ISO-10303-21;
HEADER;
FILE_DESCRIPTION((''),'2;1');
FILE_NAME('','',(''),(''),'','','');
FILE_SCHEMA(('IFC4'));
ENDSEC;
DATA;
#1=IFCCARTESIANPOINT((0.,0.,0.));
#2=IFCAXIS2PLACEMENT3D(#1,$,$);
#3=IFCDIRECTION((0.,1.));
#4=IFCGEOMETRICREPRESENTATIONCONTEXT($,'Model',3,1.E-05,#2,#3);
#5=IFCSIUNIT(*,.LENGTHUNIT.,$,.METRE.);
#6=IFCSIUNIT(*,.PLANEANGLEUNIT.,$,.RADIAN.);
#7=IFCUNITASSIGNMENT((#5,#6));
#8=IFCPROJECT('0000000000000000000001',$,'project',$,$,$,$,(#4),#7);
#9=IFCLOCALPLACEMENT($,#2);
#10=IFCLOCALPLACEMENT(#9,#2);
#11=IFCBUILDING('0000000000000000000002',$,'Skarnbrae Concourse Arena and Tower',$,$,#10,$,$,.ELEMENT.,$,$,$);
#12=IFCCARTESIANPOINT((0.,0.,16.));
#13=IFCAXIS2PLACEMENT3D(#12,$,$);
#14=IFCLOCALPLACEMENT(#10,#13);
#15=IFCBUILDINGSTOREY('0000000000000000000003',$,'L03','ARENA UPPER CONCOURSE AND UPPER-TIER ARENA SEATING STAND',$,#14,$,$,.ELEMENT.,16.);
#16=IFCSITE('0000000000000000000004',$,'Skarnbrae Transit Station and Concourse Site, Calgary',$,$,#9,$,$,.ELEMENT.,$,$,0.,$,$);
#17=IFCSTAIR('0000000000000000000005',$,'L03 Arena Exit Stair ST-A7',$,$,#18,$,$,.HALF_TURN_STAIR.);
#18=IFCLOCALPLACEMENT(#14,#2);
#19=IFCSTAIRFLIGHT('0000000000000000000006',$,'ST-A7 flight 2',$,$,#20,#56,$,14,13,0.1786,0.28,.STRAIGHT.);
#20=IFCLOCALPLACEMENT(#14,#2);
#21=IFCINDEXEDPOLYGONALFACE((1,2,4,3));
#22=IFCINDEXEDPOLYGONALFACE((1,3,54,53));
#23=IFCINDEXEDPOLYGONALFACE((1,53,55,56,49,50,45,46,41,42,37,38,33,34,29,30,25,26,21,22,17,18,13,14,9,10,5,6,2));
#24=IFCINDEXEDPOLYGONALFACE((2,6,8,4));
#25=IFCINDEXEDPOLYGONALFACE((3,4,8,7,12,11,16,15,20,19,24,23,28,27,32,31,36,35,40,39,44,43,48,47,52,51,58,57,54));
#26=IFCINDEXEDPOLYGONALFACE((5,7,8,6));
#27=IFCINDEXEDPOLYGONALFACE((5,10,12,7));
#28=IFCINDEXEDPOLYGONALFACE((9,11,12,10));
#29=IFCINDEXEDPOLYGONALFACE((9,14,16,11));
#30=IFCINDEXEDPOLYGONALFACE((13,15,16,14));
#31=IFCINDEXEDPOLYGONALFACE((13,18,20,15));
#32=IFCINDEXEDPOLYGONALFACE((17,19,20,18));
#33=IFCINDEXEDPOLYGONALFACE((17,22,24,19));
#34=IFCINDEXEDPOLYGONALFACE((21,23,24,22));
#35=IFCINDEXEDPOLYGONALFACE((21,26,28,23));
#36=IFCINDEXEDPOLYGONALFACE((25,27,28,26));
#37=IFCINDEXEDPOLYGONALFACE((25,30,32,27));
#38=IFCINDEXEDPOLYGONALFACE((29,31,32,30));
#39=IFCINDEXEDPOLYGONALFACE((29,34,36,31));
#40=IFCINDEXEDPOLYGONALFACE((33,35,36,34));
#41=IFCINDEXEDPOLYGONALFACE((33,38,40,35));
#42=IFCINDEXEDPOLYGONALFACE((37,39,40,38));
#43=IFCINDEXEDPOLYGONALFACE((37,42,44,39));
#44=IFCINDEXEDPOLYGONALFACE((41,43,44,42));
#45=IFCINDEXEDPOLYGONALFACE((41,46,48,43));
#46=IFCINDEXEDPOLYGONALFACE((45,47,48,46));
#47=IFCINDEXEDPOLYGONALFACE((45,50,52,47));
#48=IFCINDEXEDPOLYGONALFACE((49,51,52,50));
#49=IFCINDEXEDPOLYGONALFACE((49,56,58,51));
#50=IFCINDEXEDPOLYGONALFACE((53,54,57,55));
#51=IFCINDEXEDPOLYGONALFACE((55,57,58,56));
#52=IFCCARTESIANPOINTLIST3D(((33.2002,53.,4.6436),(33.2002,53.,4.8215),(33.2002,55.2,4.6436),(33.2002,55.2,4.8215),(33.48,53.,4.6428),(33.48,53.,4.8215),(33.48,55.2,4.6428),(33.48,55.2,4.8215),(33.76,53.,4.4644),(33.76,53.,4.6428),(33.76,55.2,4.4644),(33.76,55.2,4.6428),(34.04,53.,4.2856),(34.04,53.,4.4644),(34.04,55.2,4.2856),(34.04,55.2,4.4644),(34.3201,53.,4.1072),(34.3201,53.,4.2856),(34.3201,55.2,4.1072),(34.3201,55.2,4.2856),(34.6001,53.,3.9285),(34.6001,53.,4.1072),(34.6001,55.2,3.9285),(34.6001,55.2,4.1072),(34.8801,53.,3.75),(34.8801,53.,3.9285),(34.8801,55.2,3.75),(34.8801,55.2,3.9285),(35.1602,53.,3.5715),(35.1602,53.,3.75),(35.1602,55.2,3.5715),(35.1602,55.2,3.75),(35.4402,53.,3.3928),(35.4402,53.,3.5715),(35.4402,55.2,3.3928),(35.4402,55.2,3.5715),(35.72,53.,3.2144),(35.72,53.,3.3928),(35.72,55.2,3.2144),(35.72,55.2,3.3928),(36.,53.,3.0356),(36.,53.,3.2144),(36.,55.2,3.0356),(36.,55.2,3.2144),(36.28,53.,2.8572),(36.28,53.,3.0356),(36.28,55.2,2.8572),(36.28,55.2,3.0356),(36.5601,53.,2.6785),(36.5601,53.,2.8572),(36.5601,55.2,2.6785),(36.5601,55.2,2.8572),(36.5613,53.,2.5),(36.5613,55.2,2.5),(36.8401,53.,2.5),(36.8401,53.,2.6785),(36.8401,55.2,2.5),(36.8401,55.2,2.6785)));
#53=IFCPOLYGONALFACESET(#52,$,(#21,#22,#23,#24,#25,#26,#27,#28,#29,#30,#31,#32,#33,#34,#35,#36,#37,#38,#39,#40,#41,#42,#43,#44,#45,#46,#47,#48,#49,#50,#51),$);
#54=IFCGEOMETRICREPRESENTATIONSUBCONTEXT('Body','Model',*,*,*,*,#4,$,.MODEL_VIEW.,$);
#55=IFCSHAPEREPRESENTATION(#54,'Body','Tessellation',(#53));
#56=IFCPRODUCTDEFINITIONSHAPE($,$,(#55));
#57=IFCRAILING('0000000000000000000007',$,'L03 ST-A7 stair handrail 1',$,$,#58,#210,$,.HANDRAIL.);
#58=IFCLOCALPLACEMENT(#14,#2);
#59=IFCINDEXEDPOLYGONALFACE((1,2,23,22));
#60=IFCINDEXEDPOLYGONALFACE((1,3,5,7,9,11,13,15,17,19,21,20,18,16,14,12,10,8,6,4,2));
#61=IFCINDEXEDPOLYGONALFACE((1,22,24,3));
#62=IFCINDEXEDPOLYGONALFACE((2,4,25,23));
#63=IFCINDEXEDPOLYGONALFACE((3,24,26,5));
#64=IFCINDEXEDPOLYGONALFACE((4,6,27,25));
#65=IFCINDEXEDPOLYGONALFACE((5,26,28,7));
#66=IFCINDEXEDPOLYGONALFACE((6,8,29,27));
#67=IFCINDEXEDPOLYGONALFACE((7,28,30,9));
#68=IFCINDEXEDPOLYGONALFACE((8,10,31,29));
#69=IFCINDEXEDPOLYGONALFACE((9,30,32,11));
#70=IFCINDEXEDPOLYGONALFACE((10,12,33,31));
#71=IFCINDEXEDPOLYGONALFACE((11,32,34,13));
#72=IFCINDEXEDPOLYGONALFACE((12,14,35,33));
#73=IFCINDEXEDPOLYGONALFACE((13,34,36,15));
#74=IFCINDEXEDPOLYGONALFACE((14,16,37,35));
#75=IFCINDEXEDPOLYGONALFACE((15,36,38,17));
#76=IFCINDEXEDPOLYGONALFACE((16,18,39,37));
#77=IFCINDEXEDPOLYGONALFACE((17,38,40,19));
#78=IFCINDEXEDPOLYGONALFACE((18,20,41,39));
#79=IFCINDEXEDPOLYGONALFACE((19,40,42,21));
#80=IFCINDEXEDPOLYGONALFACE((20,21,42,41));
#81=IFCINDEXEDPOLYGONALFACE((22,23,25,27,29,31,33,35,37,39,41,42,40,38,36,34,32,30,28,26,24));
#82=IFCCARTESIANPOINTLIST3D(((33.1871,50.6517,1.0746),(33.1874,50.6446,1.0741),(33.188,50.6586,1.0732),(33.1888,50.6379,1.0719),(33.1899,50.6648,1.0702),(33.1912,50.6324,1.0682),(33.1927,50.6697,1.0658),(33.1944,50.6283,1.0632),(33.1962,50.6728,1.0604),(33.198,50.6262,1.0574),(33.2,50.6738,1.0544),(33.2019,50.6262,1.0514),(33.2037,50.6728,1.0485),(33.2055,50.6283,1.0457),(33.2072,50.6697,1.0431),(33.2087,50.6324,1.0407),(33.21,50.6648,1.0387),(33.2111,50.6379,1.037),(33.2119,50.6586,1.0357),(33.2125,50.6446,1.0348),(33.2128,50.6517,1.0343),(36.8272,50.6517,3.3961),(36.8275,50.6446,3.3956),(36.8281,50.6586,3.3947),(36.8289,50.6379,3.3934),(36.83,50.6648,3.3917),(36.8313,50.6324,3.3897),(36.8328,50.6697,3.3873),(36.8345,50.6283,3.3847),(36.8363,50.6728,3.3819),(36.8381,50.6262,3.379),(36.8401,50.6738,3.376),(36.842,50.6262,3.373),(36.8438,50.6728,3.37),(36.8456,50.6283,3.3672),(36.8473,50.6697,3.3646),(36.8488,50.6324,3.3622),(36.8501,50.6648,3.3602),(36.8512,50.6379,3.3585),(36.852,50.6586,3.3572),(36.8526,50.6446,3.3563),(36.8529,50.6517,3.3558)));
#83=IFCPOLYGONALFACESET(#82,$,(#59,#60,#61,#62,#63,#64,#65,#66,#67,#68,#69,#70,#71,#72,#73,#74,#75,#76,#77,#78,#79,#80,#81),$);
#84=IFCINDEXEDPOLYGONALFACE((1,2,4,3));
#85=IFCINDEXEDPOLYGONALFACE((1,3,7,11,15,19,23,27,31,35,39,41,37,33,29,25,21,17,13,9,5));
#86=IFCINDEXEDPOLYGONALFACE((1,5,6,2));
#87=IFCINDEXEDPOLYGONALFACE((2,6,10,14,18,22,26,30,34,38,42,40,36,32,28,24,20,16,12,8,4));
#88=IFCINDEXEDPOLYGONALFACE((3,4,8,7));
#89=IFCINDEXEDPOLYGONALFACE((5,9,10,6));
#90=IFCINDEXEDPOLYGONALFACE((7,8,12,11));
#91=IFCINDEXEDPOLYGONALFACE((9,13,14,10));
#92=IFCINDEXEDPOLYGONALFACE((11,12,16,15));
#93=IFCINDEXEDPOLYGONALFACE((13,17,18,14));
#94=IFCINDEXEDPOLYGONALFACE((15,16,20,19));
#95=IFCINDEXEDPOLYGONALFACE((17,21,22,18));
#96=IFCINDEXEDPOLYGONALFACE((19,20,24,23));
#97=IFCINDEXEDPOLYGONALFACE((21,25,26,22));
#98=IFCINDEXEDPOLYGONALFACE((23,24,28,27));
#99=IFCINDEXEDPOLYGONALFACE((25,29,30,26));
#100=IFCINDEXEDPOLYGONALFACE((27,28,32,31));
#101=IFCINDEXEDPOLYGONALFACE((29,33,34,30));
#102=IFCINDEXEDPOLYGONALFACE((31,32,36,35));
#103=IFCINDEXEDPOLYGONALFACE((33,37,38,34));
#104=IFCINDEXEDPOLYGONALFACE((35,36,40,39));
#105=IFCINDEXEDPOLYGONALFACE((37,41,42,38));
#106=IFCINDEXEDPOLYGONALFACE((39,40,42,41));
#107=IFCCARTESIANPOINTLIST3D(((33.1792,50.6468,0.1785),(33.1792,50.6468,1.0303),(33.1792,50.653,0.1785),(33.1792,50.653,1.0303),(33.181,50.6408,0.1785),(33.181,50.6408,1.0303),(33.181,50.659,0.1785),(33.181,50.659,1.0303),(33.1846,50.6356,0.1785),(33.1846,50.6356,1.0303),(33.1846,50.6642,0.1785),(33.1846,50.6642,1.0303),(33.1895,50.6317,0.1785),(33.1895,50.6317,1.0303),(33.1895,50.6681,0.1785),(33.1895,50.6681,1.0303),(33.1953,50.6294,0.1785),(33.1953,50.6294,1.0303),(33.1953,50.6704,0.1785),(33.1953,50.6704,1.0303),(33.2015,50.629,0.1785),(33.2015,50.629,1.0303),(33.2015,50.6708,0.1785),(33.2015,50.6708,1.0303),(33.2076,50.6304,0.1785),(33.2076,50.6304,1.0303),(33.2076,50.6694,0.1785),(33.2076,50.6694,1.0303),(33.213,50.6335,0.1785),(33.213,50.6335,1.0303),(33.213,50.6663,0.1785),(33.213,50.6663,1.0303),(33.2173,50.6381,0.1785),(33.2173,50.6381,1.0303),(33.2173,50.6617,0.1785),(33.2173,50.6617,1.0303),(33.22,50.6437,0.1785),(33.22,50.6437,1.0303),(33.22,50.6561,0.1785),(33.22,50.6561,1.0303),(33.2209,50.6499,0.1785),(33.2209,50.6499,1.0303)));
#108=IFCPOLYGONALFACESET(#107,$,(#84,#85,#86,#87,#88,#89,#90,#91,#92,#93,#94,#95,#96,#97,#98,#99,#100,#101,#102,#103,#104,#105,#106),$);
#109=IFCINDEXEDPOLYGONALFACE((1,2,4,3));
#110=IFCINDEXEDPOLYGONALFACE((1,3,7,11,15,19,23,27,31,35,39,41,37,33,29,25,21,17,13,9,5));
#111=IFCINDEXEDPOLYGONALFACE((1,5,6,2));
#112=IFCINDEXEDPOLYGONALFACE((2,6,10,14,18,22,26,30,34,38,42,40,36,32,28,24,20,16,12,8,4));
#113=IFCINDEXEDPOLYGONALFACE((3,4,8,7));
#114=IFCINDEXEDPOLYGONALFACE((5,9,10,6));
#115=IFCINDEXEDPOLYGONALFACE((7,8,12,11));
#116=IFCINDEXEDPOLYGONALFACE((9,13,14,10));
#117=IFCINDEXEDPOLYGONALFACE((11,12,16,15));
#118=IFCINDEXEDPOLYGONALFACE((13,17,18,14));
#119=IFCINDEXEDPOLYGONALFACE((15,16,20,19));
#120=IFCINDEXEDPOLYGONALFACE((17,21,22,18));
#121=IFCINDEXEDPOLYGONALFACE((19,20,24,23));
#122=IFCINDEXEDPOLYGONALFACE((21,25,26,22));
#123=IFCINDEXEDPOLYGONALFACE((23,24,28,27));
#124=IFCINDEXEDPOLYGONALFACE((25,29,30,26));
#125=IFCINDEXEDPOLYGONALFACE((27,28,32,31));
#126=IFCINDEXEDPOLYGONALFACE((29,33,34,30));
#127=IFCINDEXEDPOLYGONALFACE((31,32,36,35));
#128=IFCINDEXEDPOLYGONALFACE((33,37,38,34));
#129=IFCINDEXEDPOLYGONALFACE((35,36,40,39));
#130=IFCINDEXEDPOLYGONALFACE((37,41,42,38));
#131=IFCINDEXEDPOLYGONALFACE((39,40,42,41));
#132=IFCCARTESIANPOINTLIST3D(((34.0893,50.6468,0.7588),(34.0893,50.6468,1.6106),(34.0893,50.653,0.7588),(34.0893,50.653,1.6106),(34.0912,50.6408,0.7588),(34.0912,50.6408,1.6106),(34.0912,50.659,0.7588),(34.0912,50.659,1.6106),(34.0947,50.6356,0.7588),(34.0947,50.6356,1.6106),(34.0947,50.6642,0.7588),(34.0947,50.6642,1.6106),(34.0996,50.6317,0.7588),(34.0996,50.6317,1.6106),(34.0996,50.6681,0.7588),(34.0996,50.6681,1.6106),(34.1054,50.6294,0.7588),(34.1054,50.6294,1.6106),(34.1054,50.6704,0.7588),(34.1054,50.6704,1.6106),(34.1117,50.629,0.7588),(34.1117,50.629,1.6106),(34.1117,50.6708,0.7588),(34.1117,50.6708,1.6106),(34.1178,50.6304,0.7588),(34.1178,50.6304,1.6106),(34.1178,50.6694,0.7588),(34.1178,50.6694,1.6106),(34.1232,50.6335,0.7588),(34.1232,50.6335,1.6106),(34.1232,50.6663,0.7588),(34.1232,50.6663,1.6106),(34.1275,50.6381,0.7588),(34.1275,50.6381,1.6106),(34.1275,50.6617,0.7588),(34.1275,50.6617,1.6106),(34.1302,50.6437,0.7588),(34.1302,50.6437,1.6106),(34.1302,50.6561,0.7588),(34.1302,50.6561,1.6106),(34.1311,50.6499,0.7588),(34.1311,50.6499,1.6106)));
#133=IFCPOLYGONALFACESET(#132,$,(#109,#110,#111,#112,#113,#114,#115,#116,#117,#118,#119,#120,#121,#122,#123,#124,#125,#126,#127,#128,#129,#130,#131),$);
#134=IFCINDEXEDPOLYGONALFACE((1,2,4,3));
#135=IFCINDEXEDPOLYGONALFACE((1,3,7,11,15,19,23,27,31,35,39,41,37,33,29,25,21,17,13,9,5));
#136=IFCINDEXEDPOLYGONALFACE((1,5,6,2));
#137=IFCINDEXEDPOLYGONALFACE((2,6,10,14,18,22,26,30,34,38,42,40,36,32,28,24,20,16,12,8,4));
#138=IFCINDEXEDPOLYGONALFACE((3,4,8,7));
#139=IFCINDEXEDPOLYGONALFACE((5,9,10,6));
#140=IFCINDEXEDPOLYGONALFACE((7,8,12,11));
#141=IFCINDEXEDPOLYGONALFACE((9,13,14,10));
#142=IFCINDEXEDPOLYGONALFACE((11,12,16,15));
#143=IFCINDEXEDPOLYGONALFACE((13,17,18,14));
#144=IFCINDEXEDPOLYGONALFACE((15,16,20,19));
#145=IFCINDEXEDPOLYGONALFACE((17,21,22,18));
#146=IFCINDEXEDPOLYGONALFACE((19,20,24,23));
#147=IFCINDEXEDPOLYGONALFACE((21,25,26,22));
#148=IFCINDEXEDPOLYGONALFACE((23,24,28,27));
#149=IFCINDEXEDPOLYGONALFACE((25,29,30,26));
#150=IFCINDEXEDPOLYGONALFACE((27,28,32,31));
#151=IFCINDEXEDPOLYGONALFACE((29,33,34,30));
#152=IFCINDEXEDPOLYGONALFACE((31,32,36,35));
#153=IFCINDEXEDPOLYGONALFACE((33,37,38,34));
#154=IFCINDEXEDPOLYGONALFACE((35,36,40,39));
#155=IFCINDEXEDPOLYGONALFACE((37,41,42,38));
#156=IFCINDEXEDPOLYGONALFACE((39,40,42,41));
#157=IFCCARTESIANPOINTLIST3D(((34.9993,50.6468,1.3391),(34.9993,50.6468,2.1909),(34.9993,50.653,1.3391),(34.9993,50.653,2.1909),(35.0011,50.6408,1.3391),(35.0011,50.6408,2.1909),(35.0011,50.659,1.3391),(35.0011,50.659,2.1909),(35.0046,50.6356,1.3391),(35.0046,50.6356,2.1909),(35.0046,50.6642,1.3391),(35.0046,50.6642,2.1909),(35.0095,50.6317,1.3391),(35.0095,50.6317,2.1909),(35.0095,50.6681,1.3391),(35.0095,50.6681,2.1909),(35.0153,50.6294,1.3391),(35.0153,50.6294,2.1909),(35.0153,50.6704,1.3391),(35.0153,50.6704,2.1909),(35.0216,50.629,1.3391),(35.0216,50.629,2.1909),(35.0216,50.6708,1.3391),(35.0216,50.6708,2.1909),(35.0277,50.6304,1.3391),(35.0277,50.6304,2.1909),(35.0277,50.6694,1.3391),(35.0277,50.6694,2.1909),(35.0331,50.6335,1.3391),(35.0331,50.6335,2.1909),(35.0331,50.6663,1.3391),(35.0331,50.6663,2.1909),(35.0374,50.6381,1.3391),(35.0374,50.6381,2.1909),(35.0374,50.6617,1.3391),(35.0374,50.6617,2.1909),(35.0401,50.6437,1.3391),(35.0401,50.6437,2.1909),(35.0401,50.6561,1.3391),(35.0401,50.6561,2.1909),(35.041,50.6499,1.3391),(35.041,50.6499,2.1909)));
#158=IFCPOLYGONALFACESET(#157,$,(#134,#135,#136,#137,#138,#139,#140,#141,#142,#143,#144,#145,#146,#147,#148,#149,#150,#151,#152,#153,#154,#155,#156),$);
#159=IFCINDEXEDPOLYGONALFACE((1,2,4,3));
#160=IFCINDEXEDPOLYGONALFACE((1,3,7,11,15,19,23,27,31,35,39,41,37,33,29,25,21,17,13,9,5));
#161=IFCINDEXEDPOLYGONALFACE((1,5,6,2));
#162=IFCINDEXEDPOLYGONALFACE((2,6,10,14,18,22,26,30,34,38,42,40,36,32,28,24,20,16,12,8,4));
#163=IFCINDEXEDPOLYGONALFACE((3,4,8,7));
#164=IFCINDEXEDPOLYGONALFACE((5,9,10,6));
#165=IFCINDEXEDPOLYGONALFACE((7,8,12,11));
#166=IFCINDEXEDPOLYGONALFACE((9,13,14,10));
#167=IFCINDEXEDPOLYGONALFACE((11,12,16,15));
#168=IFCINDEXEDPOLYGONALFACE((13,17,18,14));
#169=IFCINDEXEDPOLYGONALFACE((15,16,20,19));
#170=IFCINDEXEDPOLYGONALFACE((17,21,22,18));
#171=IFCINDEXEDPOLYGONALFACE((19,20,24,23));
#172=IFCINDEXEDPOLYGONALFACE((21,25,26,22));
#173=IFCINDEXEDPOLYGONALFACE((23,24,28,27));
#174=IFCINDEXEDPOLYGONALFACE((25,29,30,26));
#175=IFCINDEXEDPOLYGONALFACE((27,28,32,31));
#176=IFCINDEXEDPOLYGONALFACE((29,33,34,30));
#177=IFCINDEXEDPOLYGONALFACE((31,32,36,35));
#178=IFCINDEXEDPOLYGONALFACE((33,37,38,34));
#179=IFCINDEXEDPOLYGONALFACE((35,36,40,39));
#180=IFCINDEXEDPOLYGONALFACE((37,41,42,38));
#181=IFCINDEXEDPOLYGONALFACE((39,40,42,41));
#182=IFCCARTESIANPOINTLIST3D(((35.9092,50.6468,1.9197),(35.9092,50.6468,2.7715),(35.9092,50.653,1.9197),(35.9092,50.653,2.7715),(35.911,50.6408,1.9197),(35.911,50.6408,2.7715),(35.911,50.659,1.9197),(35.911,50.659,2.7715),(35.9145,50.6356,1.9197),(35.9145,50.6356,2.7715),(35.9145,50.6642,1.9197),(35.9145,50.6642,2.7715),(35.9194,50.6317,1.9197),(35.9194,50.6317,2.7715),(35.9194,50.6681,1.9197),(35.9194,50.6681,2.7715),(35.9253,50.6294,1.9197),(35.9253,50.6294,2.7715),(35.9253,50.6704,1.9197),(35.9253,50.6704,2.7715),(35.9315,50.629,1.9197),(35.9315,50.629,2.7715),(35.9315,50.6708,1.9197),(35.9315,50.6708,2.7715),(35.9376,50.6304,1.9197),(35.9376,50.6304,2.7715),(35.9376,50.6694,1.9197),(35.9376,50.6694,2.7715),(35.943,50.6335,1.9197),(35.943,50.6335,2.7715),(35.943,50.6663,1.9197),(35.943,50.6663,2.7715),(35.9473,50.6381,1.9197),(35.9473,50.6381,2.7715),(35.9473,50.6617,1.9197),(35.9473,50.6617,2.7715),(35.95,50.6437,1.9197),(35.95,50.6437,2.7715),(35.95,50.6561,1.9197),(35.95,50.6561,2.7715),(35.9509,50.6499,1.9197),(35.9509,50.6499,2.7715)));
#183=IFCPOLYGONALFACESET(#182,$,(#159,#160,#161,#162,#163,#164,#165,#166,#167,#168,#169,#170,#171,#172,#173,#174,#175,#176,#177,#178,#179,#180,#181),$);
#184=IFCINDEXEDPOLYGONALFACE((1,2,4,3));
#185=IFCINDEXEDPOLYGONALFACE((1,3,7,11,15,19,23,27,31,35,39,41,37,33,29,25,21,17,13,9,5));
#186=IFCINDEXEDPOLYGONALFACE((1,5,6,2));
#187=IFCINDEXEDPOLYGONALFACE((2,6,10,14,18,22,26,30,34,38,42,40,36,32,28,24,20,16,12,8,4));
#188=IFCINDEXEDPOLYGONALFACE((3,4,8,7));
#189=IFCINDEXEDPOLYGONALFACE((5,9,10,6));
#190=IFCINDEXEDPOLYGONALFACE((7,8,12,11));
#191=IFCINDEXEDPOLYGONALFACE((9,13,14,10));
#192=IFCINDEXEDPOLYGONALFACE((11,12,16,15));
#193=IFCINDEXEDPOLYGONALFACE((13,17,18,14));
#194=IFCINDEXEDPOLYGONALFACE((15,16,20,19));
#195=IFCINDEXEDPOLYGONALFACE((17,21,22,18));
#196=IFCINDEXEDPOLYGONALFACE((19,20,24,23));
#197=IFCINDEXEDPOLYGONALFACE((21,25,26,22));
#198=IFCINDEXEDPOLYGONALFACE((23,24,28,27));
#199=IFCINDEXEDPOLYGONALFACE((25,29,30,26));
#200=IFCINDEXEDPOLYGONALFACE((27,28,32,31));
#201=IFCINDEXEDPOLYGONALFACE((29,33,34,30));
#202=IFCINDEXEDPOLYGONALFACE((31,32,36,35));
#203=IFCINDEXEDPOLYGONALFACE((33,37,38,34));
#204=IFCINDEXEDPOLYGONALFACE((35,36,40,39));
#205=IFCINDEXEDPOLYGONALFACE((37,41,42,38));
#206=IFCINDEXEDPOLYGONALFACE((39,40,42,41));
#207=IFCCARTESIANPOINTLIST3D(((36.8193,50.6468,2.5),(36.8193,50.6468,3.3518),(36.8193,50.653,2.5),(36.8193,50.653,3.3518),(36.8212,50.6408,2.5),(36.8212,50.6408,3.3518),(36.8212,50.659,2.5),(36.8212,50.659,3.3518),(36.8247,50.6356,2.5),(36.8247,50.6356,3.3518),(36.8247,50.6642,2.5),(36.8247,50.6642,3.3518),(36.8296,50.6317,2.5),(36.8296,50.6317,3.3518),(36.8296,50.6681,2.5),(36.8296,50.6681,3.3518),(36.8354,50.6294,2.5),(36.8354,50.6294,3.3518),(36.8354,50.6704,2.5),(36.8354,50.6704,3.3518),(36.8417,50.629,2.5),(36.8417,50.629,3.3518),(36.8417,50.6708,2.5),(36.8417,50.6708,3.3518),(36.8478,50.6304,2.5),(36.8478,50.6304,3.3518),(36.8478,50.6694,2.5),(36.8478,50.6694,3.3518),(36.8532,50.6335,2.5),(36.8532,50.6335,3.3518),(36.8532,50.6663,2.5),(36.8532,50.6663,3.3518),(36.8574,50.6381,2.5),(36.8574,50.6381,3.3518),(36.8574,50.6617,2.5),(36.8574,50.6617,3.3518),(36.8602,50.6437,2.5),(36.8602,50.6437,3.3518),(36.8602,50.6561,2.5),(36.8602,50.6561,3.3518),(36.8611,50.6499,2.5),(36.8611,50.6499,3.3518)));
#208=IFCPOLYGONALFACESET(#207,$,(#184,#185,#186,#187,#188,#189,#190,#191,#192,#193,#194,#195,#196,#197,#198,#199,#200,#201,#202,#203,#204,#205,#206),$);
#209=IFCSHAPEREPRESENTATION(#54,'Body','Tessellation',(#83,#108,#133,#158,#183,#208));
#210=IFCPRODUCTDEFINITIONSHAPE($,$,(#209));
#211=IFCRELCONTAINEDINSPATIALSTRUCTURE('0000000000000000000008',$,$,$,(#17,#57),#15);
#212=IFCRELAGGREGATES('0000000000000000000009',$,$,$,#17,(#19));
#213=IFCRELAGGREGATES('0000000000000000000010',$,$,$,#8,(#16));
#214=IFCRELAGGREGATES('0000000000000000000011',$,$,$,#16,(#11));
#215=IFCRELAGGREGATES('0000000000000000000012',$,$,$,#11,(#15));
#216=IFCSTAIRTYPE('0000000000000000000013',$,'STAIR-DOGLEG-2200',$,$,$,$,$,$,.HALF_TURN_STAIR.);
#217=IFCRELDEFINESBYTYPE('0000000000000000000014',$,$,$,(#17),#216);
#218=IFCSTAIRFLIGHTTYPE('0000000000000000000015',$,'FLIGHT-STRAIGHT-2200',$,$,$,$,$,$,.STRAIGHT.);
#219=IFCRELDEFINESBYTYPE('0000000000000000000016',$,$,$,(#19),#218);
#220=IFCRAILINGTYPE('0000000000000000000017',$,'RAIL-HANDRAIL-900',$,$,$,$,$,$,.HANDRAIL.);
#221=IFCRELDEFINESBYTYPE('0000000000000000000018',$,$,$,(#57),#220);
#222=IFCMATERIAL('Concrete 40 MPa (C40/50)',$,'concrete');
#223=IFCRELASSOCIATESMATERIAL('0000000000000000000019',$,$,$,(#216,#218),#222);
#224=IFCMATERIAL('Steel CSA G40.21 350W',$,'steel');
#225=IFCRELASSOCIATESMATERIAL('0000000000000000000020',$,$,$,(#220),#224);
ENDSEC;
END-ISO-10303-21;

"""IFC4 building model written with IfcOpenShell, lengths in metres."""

from ifc_helpers import new_model, si_unit, direction, frame, origin, origin_2d, place, context, subcontext, project, spatial, polyline, circle, outline, extrude, source, transform, mapped, material, type_object, element, aggregate, save


model = new_model("IFC4")

# Units and contexts
model_context = context("Model", 3, precision=1e-05, world=origin(), true_north=direction((0.0, 1.0)))
body_context = subcontext(model_context, "Body", "Model", "MODEL_VIEW")
ifc_project = project(units=[si_unit("LENGTHUNIT", "METRE"), si_unit("PLANEANGLEUNIT", "RADIAN")], contexts=[model_context])

# Site, building, storey
site_placement = place(None, origin())
site = spatial("IfcSite", under=ifc_project, at=site_placement, Name="Skarnbrae Transit Station and Concourse Site, Calgary", CompositionType="ELEMENT", RefElevation=0.0)
building_placement = place(site_placement, origin())
building = spatial("IfcBuilding", under=site, at=building_placement, Name="Skarnbrae Concourse Arena and Tower", CompositionType="ELEMENT")
storey_placement = place(building_placement, frame((0.0, 0.0, 16.0)))
storey = spatial("IfcBuildingStorey", under=building, at=storey_placement, Name="L03", Description="ARENA UPPER CONCOURSE AND UPPER-TIER ARENA SEATING STAND", CompositionType="ELEMENT", Elevation=16.0)

# Shared definitions
ifc_material_1 = material(Name="Steel CSA G40.21 350W", Category="steel")

# Stair, stair flight
ifc_material_2 = material(Name="Concrete 40 MPa (C40/50)", Category="concrete")
stair_type = type_object("IfcStairType", Name="STAIR-DOGLEG-2200", PredefinedType="HALF_TURN_STAIR", material=ifc_material_2)
stair_placement = place(storey_placement, origin())
stair = element("IfcStair", 1, at=stair_placement, inside=storey, type_object=stair_type, Name="L03 Arena Exit Stair ST-A7", PredefinedType="HALF_TURN_STAIR")
stair_flight_type = type_object("IfcStairFlightType", Name="FLIGHT-STRAIGHT-2200", PredefinedType="STRAIGHT", material=ifc_material_2)
shared_shape_1 = source(origin(), body_context, "Body", "SweptSolid", [
    extrude(outline(polyline([(0.0, 0.0), (0.0, 0.1785), (0.28, 0.1785), (0.28, 0.3572), (0.5601, 0.3572), (0.5601, 0.5356), (0.8401, 0.5356), (0.8401, 0.7144), (1.1201, 0.7144), (1.1201, 0.8928), (1.3999, 0.8928), (1.3999, 1.0715), (1.6799, 1.0715), (1.6799, 1.25), (1.96, 1.25), (1.96, 1.4285), (2.24, 1.4285), (2.24, 1.6072), (2.52, 1.6072), (2.52, 1.7856), (2.8, 1.7856), (2.8, 1.9644), (3.0801, 1.9644), (3.0801, 2.1428), (3.3601, 2.1428), (3.3601, 2.3215), (3.6399, 2.3215), (3.6399, 2.5), (3.6399, 2.1436), (0.2788, 0.0), (0.0, 0.0)])), frame((0.0, 1.1001, 0.0), z_axis=(0.0, -1.0, 0.0), x_axis=(1.0, 0.0, 0.0)), (0.0, 0.0, 1.0), 2.2),
])
stair_flight_1_placement = place(storey_placement, frame((36.8401, 54.1001, 2.5), z_axis=(0.0, 0.0, 1.0), x_axis=(-1.0, 0.0, 0.0)))
stair_flight_1 = element("IfcStairFlight", 2, at=stair_flight_1_placement, type_object=stair_flight_type, Name="ST-A7 flight 2", NumberOfRisers=14, NumberOfTreads=13, PredefinedType="STRAIGHT", RiserHeight=0.1786, TreadLength=0.28, context=body_context, shape_type="MappedRepresentation", body=[
    mapped(shared_shape_1, transform((0.0, 0.0, 0.0))),
])
aggregate(stair, [stair_flight_1])

# Railing
railing_type_1 = type_object("IfcRailingType", Name="RAIL-HANDRAIL-900", PredefinedType="HANDRAIL", material=ifc_material_1)
railing_1_placement = place(storey_placement, frame((33.2, 50.6499, 0.1785)))
element("IfcRailing", 3, at=railing_1_placement, inside=storey, type_object=railing_type_1, Name="L03 ST-A7 stair handrail 1", PredefinedType="HANDRAIL", context=body_context, shape_type="SweptSolid", body=[
    extrude(circle(Radius=0.0239, at=origin_2d()), frame((0.0, 0.0, 0.876), z_axis=(0.843128, 0.0, 0.537713), x_axis=(0.0, 1.0, 0.0)), (0.0, 0.0, 1.0), 4.3174),
    extrude(circle(Radius=0.021, at=origin_2d()), origin(), (0.0, 0.0, 1.0), 0.8518),
    extrude(circle(Radius=0.021, at=origin_2d()), frame((0.9102, 0.0, 0.5803)), (0.0, 0.0, 1.0), 0.8518),
    extrude(circle(Radius=0.021, at=origin_2d()), frame((1.8201, 0.0, 1.1606)), (0.0, 0.0, 1.0), 0.8518),
    extrude(circle(Radius=0.021, at=origin_2d()), frame((2.73, 0.0, 1.7412)), (0.0, 0.0, 1.0), 0.8518),
    extrude(circle(Radius=0.021, at=origin_2d()), frame((3.6401, 0.0, 2.3215)), (0.0, 0.0, 1.0), 0.8518),
])

save(model, "model.ifc")
